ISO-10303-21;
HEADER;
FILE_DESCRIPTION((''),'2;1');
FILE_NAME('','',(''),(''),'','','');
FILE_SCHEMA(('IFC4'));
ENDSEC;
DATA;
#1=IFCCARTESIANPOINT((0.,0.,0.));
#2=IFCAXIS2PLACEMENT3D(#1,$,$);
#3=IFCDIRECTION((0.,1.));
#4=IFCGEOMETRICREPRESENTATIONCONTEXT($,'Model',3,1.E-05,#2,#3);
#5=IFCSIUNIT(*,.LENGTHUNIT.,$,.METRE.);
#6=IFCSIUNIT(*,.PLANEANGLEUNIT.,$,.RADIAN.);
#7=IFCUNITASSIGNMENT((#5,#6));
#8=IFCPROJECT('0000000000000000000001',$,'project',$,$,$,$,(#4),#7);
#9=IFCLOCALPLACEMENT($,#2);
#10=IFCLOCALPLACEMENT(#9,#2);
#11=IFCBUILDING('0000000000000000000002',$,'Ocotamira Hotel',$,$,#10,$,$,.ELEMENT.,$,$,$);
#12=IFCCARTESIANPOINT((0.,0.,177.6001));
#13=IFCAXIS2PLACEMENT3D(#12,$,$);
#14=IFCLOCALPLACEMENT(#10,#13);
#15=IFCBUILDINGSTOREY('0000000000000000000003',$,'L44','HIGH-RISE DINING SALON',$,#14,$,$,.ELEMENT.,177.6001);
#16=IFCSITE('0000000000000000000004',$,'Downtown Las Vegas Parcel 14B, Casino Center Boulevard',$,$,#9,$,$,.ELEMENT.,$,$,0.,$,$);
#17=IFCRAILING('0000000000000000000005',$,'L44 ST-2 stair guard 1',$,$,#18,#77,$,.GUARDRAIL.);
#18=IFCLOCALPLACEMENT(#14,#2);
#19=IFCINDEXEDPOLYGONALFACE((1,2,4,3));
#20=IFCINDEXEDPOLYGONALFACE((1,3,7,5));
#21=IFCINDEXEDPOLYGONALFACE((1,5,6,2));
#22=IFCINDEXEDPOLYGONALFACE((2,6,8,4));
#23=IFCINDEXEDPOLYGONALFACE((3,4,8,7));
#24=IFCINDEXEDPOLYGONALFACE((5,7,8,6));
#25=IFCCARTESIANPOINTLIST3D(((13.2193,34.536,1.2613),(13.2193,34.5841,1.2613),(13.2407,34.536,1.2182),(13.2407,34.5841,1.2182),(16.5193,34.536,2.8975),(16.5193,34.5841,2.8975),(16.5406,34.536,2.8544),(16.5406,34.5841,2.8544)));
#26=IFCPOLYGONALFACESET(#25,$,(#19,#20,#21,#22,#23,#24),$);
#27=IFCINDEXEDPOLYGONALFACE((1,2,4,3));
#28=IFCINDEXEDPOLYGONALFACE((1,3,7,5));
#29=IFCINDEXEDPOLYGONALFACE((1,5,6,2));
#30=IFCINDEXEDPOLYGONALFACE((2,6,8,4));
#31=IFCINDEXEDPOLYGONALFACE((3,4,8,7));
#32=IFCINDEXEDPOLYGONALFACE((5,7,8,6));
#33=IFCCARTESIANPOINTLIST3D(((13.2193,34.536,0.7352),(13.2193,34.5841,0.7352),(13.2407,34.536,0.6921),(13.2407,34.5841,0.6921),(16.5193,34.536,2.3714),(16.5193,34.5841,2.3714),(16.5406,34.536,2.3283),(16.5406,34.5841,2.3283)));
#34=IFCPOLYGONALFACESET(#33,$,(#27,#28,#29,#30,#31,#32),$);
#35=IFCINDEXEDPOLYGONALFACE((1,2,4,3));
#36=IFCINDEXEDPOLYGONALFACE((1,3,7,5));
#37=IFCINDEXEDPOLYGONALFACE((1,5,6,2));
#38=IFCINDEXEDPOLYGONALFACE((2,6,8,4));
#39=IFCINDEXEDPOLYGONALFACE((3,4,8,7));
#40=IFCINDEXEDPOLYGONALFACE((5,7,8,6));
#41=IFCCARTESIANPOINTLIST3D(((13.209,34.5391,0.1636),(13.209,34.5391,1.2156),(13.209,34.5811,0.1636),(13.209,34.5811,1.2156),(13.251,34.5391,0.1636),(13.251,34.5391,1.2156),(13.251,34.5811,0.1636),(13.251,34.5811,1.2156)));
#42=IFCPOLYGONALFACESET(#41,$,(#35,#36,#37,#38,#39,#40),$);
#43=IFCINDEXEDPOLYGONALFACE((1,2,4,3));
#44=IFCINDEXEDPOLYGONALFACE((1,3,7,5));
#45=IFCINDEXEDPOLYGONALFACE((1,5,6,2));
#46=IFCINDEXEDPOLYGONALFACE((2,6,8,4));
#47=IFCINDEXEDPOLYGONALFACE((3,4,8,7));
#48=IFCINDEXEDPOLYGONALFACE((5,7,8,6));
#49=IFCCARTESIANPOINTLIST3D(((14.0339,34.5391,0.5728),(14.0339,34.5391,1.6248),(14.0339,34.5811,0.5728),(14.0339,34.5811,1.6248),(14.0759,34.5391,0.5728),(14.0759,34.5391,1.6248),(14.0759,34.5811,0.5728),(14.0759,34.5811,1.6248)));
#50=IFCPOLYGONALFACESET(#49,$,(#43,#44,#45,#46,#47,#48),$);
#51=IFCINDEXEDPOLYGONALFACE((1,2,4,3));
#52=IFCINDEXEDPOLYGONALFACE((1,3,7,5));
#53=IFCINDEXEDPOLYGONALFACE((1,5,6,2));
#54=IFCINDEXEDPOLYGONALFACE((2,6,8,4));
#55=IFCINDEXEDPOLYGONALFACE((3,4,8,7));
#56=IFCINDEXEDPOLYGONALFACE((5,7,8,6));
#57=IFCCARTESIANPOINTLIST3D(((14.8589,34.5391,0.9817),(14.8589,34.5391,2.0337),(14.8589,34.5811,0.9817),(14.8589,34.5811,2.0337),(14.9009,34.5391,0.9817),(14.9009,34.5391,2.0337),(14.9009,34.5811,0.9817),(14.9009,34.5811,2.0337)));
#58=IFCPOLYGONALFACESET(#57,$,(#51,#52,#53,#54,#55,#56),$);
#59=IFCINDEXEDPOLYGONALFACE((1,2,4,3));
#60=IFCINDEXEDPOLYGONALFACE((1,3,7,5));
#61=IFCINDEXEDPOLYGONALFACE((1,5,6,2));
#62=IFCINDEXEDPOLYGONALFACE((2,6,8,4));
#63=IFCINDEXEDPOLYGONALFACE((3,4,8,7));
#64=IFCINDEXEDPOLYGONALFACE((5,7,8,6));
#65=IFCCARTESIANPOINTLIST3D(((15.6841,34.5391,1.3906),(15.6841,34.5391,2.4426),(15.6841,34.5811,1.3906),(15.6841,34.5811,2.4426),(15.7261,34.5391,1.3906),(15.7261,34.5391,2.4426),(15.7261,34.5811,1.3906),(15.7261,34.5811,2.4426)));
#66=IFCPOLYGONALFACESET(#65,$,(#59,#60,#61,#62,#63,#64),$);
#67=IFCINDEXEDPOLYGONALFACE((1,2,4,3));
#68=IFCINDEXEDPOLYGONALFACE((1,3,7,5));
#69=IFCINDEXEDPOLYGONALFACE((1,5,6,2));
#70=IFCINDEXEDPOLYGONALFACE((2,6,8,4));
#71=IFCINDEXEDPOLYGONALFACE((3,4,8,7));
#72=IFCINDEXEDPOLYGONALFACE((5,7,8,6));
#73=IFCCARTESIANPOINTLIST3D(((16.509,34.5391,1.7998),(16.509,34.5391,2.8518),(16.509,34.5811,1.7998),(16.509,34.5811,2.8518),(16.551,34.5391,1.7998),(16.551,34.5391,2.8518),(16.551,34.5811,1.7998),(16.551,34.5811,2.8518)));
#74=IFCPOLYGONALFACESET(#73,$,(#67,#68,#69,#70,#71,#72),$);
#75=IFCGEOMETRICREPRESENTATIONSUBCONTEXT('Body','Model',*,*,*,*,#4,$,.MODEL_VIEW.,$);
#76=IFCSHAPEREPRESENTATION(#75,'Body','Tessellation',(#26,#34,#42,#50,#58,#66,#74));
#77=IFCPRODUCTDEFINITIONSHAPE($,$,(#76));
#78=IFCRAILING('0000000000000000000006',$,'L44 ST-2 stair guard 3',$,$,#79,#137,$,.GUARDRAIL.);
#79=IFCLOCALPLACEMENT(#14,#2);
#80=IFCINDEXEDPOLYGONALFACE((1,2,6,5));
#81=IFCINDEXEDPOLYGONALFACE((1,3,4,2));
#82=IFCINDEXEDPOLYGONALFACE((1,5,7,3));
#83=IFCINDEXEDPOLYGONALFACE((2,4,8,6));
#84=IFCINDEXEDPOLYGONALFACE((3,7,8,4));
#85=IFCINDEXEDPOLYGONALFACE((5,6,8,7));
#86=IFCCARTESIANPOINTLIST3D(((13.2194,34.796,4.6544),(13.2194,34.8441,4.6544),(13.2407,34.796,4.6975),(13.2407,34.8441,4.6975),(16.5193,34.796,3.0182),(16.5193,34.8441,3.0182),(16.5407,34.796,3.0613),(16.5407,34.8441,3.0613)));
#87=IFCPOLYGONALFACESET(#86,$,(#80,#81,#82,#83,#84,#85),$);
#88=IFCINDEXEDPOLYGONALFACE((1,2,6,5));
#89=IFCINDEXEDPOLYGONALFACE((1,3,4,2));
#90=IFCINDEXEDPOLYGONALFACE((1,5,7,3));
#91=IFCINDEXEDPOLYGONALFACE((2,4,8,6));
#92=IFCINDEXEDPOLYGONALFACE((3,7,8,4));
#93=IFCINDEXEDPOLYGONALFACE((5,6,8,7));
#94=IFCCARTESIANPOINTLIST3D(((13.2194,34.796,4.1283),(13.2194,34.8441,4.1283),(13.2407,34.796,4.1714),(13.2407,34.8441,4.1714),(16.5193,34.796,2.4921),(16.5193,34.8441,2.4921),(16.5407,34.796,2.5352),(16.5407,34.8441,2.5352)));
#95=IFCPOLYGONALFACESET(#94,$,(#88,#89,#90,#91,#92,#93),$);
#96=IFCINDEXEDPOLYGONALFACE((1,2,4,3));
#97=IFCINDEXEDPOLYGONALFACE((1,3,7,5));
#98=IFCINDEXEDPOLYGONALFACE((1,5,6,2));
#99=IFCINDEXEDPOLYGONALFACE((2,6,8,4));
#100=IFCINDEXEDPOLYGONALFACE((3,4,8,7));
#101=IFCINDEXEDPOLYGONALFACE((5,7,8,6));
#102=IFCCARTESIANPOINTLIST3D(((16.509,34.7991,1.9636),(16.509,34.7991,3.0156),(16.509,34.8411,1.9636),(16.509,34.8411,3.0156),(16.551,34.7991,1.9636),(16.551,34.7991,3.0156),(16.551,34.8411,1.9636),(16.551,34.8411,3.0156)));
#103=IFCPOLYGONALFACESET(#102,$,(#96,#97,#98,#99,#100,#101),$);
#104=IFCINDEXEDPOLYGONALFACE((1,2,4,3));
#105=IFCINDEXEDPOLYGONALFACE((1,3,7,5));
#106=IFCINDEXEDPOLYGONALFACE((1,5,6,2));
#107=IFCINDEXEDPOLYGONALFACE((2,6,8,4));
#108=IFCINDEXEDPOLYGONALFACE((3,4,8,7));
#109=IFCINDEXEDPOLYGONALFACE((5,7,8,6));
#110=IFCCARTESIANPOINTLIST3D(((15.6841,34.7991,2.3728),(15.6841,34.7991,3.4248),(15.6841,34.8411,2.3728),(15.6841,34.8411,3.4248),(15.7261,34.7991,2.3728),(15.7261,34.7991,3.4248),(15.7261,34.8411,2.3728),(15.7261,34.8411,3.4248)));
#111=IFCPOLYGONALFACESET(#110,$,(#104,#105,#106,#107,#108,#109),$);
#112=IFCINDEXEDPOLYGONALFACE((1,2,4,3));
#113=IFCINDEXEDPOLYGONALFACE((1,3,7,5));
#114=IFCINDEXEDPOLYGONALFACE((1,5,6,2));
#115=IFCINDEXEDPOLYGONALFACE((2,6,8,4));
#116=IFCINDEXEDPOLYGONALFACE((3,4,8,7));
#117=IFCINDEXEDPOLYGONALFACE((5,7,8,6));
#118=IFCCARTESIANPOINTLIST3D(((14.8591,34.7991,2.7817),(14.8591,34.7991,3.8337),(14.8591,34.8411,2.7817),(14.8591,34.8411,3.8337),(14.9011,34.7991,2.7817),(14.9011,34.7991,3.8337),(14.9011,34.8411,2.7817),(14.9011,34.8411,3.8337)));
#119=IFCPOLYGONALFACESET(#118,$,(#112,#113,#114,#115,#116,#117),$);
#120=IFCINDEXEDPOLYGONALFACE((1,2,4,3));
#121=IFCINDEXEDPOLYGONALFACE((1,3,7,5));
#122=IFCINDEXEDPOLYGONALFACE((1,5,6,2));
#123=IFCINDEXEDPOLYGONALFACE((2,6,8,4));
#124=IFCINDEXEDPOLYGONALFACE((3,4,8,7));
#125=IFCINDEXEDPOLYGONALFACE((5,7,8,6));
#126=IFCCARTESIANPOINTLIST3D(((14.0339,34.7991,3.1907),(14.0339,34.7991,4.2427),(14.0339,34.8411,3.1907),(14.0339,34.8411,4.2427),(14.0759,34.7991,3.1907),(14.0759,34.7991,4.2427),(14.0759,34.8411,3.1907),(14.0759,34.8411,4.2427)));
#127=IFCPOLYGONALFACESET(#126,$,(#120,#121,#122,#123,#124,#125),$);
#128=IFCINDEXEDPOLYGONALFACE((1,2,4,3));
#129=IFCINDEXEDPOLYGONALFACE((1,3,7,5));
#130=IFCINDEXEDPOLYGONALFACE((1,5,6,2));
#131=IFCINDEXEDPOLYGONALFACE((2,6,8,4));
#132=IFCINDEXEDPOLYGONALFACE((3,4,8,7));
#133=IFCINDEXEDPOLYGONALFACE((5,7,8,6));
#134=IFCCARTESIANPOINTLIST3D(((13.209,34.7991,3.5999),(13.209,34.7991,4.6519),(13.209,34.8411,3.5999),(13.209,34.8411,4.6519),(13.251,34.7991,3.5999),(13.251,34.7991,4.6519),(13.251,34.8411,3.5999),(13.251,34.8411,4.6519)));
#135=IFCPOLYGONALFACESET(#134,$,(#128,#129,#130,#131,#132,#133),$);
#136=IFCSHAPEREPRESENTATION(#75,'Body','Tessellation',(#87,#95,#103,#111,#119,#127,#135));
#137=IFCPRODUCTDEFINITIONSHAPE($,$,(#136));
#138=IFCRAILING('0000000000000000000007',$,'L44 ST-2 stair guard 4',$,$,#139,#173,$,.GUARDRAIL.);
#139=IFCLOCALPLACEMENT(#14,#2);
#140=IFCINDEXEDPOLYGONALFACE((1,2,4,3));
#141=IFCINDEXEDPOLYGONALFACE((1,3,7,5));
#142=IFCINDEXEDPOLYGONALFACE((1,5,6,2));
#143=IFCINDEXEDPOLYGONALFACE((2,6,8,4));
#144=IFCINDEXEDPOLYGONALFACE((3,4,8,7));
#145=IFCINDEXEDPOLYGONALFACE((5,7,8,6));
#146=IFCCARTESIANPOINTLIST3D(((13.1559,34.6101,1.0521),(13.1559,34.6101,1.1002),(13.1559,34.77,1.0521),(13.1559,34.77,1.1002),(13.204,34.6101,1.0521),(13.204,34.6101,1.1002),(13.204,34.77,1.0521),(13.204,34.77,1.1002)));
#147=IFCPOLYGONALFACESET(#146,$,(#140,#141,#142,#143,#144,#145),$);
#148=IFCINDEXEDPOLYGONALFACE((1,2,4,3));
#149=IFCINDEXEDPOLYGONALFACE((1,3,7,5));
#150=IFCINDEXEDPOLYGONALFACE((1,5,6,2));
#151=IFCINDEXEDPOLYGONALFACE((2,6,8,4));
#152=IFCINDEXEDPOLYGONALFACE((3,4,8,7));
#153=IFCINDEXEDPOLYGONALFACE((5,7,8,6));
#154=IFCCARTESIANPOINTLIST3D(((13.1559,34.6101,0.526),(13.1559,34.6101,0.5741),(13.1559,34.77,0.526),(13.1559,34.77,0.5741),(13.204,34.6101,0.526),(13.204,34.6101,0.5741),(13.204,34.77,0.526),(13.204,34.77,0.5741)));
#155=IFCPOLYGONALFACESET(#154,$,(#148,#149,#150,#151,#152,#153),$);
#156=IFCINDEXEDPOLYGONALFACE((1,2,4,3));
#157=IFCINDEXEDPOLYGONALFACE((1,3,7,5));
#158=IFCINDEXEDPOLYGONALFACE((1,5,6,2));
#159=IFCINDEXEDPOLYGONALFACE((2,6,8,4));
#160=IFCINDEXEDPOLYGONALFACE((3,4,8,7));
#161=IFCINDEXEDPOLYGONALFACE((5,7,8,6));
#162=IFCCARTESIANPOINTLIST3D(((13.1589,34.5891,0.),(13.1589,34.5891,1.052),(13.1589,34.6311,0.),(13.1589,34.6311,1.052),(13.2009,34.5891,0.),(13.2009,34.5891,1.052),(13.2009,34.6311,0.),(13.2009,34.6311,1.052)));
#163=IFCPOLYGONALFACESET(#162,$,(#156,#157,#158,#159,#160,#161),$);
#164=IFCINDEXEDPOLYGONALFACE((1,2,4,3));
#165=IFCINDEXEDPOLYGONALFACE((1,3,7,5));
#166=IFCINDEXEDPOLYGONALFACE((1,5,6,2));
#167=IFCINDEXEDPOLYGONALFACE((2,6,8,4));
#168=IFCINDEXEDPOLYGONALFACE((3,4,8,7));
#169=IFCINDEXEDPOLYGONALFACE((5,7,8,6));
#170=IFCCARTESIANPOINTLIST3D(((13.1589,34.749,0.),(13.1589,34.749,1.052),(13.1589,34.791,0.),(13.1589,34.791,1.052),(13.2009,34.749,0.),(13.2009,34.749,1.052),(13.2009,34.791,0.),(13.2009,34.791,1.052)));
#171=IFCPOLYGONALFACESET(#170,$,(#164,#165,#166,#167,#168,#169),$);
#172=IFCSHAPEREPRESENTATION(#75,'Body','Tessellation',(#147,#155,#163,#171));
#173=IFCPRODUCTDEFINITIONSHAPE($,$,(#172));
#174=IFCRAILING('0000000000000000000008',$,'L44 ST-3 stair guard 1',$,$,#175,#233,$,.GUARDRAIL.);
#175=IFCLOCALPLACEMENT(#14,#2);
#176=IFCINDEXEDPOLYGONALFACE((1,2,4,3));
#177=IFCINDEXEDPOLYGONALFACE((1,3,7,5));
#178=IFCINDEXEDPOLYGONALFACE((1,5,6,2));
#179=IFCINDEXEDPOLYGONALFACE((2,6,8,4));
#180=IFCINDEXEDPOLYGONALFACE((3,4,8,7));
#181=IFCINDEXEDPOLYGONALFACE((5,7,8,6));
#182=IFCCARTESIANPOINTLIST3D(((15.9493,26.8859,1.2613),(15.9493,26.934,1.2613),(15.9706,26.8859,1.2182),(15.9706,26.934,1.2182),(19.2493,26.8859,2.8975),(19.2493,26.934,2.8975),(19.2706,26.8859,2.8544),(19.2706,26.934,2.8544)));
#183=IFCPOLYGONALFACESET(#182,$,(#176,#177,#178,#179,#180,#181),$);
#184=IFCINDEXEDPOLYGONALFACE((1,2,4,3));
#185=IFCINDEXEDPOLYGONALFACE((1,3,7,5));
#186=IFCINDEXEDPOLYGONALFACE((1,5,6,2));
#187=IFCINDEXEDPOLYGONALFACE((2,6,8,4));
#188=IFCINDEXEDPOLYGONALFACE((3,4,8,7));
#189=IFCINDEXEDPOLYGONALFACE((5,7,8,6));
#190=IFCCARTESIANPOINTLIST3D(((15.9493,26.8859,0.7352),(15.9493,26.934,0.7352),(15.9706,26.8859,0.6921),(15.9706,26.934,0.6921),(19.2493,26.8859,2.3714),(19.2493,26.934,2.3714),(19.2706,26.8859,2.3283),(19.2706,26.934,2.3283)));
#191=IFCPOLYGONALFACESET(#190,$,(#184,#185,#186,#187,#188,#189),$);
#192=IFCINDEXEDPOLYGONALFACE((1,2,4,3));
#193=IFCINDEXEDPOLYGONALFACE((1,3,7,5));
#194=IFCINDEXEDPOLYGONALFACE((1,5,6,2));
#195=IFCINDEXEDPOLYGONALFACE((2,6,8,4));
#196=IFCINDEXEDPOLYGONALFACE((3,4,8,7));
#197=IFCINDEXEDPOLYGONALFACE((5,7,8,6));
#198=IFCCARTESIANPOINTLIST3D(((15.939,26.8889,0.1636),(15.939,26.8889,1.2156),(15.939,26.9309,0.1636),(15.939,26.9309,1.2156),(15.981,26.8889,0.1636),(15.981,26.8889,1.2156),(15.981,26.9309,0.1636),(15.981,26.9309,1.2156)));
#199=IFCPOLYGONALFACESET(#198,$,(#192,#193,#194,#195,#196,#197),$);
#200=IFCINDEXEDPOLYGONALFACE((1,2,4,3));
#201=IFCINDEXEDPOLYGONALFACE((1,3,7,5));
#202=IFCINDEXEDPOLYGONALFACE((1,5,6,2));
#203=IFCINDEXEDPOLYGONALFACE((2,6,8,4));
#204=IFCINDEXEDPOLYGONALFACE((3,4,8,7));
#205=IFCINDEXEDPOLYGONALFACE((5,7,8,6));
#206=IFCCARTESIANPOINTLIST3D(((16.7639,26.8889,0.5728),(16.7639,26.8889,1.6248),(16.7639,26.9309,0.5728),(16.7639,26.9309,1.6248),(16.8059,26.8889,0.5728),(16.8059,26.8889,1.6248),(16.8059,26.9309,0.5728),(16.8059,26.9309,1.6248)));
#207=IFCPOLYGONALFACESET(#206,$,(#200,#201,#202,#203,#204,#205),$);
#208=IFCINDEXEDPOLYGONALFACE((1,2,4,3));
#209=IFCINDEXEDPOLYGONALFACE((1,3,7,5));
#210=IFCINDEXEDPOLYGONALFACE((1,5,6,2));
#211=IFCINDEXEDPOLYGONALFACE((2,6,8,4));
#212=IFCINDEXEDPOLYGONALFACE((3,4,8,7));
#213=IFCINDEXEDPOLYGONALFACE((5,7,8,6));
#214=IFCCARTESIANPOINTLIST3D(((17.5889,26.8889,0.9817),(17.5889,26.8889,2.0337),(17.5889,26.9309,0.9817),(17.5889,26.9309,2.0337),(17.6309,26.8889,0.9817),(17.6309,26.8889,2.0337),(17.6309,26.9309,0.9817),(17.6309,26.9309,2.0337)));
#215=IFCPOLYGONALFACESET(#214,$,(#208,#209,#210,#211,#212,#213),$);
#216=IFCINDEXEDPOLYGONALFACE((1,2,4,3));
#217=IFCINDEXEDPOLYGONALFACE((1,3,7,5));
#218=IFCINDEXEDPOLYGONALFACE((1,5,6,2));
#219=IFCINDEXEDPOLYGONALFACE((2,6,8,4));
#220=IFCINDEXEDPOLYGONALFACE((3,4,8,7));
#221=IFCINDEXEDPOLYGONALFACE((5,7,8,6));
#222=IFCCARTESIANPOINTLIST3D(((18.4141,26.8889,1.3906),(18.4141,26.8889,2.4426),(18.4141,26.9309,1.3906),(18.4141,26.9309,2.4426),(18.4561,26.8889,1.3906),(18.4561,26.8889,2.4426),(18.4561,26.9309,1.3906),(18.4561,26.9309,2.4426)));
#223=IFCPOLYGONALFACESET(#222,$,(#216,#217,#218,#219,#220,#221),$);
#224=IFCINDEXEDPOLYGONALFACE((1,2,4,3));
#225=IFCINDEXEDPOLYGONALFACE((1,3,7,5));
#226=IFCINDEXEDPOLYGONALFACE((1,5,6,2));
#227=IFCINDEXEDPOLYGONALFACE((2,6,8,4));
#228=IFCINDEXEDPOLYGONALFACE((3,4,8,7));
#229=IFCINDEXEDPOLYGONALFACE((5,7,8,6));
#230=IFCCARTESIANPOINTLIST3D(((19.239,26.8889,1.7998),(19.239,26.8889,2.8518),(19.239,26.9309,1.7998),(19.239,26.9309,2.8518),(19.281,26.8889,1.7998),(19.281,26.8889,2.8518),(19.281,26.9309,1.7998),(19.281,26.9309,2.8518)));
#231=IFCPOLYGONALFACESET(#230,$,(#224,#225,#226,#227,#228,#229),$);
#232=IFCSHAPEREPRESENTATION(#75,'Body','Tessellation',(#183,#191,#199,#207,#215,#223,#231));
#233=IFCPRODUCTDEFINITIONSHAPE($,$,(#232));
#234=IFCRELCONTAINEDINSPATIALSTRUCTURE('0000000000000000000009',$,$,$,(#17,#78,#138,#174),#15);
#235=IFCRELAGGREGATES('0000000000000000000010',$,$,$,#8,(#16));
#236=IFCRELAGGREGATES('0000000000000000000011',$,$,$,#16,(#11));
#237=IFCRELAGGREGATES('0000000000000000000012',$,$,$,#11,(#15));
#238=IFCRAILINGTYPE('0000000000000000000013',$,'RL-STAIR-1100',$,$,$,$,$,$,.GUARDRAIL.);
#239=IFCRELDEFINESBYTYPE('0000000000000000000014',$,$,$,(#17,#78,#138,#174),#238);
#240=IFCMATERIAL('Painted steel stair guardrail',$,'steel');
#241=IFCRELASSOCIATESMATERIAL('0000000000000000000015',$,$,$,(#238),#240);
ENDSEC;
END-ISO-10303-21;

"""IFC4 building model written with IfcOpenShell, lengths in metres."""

from ifc_helpers import new_model, si_unit, direction, frame, origin, origin_2d, place, context, subcontext, project, spatial, rectangle, extrude, material, type_object, element, save


model = new_model("IFC4")

# Units and contexts
model_context = context("Model", 3, precision=1e-05, world=origin(), true_north=direction((0.0, 1.0)))
body_context = subcontext(model_context, "Body", "Model", "MODEL_VIEW")
ifc_project = project(units=[si_unit("LENGTHUNIT", "METRE"), si_unit("PLANEANGLEUNIT", "RADIAN")], contexts=[model_context])

# Site, building, storey
site_placement = place(None, origin())
site = spatial("IfcSite", under=ifc_project, at=site_placement, Name="Downtown Las Vegas Parcel 14B, Casino Center Boulevard", CompositionType="ELEMENT", RefElevation=0.0)
building_placement = place(site_placement, origin())
building = spatial("IfcBuilding", under=site, at=building_placement, Name="Ocotamira Hotel", CompositionType="ELEMENT")
storey_placement = place(building_placement, frame((0.0, 0.0, 177.6001)))
storey = spatial("IfcBuildingStorey", under=building, at=storey_placement, Name="L44", Description="HIGH-RISE DINING SALON", CompositionType="ELEMENT", Elevation=177.6001)

# Railings
ifc_material_1 = material(Name="Painted steel stair guardrail", Category="steel")
railing_type_1 = type_object("IfcRailingType", Name="RL-STAIR-1100", PredefinedType="GUARDRAIL", material=ifc_material_1)
railing_1_placement = place(storey_placement, frame((13.23, 34.5601, 0.1636)))
element("IfcRailing", 1, at=railing_1_placement, inside=storey, type_object=railing_type_1, Name="L44 ST-2 stair guard 1", PredefinedType="GUARDRAIL", context=body_context, shape_type="SweptSolid", body=[
    extrude(rectangle(XDim=0.0481, YDim=0.0481, at=origin_2d()), frame((0.0, 0.0, 1.0762), z_axis=(0.89592, 0.0, 0.444215), x_axis=(0.0, 1.0, 0.0)), (0.0, 0.0, 1.0), 3.6833),
    extrude(rectangle(XDim=0.0481, YDim=0.0481, at=origin_2d()), frame((0.0, 0.0, 0.55), z_axis=(0.89592, 0.0, 0.444215), x_axis=(0.0, 1.0, 0.0)), (0.0, 0.0, 1.0), 3.6833),
    extrude(rectangle(XDim=0.042, YDim=0.042, at=origin_2d()), origin(), (0.0, 0.0, 1.0), 1.052),
    extrude(rectangle(XDim=0.042, YDim=0.042, at=origin_2d()), frame((0.825, 0.0, 0.4092)), (0.0, 0.0, 1.0), 1.052),
    extrude(rectangle(XDim=0.042, YDim=0.042, at=origin_2d()), frame((1.6499, 0.0, 0.8181)), (0.0, 0.0, 1.0), 1.052),
    extrude(rectangle(XDim=0.042, YDim=0.042, at=origin_2d()), frame((2.4751, 0.0, 1.2271)), (0.0, 0.0, 1.0), 1.052),
    extrude(rectangle(XDim=0.042, YDim=0.042, at=origin_2d()), frame((3.3, 0.0, 1.6362)), (0.0, 0.0, 1.0), 1.052),
])
railing_2_placement = place(storey_placement, frame((16.53, 34.8201, 1.9636)))
element("IfcRailing", 2, at=railing_2_placement, inside=storey, type_object=railing_type_1, Name="L44 ST-2 stair guard 3", PredefinedType="GUARDRAIL", context=body_context, shape_type="SweptSolid", body=[
    extrude(rectangle(XDim=0.0481, YDim=0.0481, at=origin_2d()), frame((0.0, 0.0, 1.0762), z_axis=(-0.89592, 0.0, 0.444215), x_axis=(0.0, -1.0, 0.0)), (0.0, 0.0, 1.0), 3.6833),
    extrude(rectangle(XDim=0.0481, YDim=0.0481, at=origin_2d()), frame((0.0, 0.0, 0.55), z_axis=(-0.89592, 0.0, 0.444215), x_axis=(0.0, -1.0, 0.0)), (0.0, 0.0, 1.0), 3.6833),
    extrude(rectangle(XDim=0.042, YDim=0.042, at=origin_2d()), origin(), (0.0, 0.0, 1.0), 1.052),
    extrude(rectangle(XDim=0.042, YDim=0.042, at=origin_2d()), frame((-0.825, 0.0, 0.4092)), (0.0, 0.0, 1.0), 1.052),
    extrude(rectangle(XDim=0.042, YDim=0.042, at=origin_2d()), frame((-1.6499, 0.0, 0.8181)), (0.0, 0.0, 1.0), 1.052),
    extrude(rectangle(XDim=0.042, YDim=0.042, at=origin_2d()), frame((-2.4751, 0.0, 1.2271)), (0.0, 0.0, 1.0), 1.052),
    extrude(rectangle(XDim=0.042, YDim=0.042, at=origin_2d()), frame((-3.3, 0.0, 1.6362)), (0.0, 0.0, 1.0), 1.052),
])
railing_3_placement = place(storey_placement, frame((13.1799, 34.6101, 0.0)))
element("IfcRailing", 3, at=railing_3_placement, inside=storey, type_object=railing_type_1, Name="L44 ST-2 stair guard 4", PredefinedType="GUARDRAIL", context=body_context, shape_type="SweptSolid", body=[
    extrude(rectangle(XDim=0.0481, YDim=0.0481, at=origin_2d()), frame((0.0, 0.0, 1.0762), z_axis=(0.0, 1.0, 0.0), x_axis=(-1.0, 0.0, 0.0)), (0.0, 0.0, 1.0), 0.1599),
    extrude(rectangle(XDim=0.0481, YDim=0.0481, at=origin_2d()), frame((0.0, 0.0, 0.55), z_axis=(0.0, 1.0, 0.0), x_axis=(-1.0, 0.0, 0.0)), (0.0, 0.0, 1.0), 0.1599),
    extrude(rectangle(XDim=0.042, YDim=0.042, at=origin_2d()), origin(), (0.0, 0.0, 1.0), 1.052),
    extrude(rectangle(XDim=0.042, YDim=0.042, at=origin_2d()), frame((0.0, 0.1599, 0.0)), (0.0, 0.0, 1.0), 1.052),
])
railing_4_placement = place(storey_placement, frame((15.96, 26.9099, 0.1636)))
element("IfcRailing", 4, at=railing_4_placement, inside=storey, type_object=railing_type_1, Name="L44 ST-3 stair guard 1", PredefinedType="GUARDRAIL", context=body_context, shape_type="SweptSolid", body=[
    extrude(rectangle(XDim=0.0481, YDim=0.0481, at=origin_2d()), frame((0.0, 0.0, 1.0762), z_axis=(0.89592, 0.0, 0.444215), x_axis=(0.0, 1.0, 0.0)), (0.0, 0.0, 1.0), 3.6833),
    extrude(rectangle(XDim=0.0481, YDim=0.0481, at=origin_2d()), frame((0.0, 0.0, 0.55), z_axis=(0.89592, 0.0, 0.444215), x_axis=(0.0, 1.0, 0.0)), (0.0, 0.0, 1.0), 3.6833),
    extrude(rectangle(XDim=0.042, YDim=0.042, at=origin_2d()), origin(), (0.0, 0.0, 1.0), 1.052),
    extrude(rectangle(XDim=0.042, YDim=0.042, at=origin_2d()), frame((0.825, 0.0, 0.4092)), (0.0, 0.0, 1.0), 1.052),
    extrude(rectangle(XDim=0.042, YDim=0.042, at=origin_2d()), frame((1.6499, 0.0, 0.8181)), (0.0, 0.0, 1.0), 1.052),
    extrude(rectangle(XDim=0.042, YDim=0.042, at=origin_2d()), frame((2.4751, 0.0, 1.2271)), (0.0, 0.0, 1.0), 1.052),
    extrude(rectangle(XDim=0.042, YDim=0.042, at=origin_2d()), frame((3.3, 0.0, 1.6362)), (0.0, 0.0, 1.0), 1.052),
])

save(model, "model.ifc")
